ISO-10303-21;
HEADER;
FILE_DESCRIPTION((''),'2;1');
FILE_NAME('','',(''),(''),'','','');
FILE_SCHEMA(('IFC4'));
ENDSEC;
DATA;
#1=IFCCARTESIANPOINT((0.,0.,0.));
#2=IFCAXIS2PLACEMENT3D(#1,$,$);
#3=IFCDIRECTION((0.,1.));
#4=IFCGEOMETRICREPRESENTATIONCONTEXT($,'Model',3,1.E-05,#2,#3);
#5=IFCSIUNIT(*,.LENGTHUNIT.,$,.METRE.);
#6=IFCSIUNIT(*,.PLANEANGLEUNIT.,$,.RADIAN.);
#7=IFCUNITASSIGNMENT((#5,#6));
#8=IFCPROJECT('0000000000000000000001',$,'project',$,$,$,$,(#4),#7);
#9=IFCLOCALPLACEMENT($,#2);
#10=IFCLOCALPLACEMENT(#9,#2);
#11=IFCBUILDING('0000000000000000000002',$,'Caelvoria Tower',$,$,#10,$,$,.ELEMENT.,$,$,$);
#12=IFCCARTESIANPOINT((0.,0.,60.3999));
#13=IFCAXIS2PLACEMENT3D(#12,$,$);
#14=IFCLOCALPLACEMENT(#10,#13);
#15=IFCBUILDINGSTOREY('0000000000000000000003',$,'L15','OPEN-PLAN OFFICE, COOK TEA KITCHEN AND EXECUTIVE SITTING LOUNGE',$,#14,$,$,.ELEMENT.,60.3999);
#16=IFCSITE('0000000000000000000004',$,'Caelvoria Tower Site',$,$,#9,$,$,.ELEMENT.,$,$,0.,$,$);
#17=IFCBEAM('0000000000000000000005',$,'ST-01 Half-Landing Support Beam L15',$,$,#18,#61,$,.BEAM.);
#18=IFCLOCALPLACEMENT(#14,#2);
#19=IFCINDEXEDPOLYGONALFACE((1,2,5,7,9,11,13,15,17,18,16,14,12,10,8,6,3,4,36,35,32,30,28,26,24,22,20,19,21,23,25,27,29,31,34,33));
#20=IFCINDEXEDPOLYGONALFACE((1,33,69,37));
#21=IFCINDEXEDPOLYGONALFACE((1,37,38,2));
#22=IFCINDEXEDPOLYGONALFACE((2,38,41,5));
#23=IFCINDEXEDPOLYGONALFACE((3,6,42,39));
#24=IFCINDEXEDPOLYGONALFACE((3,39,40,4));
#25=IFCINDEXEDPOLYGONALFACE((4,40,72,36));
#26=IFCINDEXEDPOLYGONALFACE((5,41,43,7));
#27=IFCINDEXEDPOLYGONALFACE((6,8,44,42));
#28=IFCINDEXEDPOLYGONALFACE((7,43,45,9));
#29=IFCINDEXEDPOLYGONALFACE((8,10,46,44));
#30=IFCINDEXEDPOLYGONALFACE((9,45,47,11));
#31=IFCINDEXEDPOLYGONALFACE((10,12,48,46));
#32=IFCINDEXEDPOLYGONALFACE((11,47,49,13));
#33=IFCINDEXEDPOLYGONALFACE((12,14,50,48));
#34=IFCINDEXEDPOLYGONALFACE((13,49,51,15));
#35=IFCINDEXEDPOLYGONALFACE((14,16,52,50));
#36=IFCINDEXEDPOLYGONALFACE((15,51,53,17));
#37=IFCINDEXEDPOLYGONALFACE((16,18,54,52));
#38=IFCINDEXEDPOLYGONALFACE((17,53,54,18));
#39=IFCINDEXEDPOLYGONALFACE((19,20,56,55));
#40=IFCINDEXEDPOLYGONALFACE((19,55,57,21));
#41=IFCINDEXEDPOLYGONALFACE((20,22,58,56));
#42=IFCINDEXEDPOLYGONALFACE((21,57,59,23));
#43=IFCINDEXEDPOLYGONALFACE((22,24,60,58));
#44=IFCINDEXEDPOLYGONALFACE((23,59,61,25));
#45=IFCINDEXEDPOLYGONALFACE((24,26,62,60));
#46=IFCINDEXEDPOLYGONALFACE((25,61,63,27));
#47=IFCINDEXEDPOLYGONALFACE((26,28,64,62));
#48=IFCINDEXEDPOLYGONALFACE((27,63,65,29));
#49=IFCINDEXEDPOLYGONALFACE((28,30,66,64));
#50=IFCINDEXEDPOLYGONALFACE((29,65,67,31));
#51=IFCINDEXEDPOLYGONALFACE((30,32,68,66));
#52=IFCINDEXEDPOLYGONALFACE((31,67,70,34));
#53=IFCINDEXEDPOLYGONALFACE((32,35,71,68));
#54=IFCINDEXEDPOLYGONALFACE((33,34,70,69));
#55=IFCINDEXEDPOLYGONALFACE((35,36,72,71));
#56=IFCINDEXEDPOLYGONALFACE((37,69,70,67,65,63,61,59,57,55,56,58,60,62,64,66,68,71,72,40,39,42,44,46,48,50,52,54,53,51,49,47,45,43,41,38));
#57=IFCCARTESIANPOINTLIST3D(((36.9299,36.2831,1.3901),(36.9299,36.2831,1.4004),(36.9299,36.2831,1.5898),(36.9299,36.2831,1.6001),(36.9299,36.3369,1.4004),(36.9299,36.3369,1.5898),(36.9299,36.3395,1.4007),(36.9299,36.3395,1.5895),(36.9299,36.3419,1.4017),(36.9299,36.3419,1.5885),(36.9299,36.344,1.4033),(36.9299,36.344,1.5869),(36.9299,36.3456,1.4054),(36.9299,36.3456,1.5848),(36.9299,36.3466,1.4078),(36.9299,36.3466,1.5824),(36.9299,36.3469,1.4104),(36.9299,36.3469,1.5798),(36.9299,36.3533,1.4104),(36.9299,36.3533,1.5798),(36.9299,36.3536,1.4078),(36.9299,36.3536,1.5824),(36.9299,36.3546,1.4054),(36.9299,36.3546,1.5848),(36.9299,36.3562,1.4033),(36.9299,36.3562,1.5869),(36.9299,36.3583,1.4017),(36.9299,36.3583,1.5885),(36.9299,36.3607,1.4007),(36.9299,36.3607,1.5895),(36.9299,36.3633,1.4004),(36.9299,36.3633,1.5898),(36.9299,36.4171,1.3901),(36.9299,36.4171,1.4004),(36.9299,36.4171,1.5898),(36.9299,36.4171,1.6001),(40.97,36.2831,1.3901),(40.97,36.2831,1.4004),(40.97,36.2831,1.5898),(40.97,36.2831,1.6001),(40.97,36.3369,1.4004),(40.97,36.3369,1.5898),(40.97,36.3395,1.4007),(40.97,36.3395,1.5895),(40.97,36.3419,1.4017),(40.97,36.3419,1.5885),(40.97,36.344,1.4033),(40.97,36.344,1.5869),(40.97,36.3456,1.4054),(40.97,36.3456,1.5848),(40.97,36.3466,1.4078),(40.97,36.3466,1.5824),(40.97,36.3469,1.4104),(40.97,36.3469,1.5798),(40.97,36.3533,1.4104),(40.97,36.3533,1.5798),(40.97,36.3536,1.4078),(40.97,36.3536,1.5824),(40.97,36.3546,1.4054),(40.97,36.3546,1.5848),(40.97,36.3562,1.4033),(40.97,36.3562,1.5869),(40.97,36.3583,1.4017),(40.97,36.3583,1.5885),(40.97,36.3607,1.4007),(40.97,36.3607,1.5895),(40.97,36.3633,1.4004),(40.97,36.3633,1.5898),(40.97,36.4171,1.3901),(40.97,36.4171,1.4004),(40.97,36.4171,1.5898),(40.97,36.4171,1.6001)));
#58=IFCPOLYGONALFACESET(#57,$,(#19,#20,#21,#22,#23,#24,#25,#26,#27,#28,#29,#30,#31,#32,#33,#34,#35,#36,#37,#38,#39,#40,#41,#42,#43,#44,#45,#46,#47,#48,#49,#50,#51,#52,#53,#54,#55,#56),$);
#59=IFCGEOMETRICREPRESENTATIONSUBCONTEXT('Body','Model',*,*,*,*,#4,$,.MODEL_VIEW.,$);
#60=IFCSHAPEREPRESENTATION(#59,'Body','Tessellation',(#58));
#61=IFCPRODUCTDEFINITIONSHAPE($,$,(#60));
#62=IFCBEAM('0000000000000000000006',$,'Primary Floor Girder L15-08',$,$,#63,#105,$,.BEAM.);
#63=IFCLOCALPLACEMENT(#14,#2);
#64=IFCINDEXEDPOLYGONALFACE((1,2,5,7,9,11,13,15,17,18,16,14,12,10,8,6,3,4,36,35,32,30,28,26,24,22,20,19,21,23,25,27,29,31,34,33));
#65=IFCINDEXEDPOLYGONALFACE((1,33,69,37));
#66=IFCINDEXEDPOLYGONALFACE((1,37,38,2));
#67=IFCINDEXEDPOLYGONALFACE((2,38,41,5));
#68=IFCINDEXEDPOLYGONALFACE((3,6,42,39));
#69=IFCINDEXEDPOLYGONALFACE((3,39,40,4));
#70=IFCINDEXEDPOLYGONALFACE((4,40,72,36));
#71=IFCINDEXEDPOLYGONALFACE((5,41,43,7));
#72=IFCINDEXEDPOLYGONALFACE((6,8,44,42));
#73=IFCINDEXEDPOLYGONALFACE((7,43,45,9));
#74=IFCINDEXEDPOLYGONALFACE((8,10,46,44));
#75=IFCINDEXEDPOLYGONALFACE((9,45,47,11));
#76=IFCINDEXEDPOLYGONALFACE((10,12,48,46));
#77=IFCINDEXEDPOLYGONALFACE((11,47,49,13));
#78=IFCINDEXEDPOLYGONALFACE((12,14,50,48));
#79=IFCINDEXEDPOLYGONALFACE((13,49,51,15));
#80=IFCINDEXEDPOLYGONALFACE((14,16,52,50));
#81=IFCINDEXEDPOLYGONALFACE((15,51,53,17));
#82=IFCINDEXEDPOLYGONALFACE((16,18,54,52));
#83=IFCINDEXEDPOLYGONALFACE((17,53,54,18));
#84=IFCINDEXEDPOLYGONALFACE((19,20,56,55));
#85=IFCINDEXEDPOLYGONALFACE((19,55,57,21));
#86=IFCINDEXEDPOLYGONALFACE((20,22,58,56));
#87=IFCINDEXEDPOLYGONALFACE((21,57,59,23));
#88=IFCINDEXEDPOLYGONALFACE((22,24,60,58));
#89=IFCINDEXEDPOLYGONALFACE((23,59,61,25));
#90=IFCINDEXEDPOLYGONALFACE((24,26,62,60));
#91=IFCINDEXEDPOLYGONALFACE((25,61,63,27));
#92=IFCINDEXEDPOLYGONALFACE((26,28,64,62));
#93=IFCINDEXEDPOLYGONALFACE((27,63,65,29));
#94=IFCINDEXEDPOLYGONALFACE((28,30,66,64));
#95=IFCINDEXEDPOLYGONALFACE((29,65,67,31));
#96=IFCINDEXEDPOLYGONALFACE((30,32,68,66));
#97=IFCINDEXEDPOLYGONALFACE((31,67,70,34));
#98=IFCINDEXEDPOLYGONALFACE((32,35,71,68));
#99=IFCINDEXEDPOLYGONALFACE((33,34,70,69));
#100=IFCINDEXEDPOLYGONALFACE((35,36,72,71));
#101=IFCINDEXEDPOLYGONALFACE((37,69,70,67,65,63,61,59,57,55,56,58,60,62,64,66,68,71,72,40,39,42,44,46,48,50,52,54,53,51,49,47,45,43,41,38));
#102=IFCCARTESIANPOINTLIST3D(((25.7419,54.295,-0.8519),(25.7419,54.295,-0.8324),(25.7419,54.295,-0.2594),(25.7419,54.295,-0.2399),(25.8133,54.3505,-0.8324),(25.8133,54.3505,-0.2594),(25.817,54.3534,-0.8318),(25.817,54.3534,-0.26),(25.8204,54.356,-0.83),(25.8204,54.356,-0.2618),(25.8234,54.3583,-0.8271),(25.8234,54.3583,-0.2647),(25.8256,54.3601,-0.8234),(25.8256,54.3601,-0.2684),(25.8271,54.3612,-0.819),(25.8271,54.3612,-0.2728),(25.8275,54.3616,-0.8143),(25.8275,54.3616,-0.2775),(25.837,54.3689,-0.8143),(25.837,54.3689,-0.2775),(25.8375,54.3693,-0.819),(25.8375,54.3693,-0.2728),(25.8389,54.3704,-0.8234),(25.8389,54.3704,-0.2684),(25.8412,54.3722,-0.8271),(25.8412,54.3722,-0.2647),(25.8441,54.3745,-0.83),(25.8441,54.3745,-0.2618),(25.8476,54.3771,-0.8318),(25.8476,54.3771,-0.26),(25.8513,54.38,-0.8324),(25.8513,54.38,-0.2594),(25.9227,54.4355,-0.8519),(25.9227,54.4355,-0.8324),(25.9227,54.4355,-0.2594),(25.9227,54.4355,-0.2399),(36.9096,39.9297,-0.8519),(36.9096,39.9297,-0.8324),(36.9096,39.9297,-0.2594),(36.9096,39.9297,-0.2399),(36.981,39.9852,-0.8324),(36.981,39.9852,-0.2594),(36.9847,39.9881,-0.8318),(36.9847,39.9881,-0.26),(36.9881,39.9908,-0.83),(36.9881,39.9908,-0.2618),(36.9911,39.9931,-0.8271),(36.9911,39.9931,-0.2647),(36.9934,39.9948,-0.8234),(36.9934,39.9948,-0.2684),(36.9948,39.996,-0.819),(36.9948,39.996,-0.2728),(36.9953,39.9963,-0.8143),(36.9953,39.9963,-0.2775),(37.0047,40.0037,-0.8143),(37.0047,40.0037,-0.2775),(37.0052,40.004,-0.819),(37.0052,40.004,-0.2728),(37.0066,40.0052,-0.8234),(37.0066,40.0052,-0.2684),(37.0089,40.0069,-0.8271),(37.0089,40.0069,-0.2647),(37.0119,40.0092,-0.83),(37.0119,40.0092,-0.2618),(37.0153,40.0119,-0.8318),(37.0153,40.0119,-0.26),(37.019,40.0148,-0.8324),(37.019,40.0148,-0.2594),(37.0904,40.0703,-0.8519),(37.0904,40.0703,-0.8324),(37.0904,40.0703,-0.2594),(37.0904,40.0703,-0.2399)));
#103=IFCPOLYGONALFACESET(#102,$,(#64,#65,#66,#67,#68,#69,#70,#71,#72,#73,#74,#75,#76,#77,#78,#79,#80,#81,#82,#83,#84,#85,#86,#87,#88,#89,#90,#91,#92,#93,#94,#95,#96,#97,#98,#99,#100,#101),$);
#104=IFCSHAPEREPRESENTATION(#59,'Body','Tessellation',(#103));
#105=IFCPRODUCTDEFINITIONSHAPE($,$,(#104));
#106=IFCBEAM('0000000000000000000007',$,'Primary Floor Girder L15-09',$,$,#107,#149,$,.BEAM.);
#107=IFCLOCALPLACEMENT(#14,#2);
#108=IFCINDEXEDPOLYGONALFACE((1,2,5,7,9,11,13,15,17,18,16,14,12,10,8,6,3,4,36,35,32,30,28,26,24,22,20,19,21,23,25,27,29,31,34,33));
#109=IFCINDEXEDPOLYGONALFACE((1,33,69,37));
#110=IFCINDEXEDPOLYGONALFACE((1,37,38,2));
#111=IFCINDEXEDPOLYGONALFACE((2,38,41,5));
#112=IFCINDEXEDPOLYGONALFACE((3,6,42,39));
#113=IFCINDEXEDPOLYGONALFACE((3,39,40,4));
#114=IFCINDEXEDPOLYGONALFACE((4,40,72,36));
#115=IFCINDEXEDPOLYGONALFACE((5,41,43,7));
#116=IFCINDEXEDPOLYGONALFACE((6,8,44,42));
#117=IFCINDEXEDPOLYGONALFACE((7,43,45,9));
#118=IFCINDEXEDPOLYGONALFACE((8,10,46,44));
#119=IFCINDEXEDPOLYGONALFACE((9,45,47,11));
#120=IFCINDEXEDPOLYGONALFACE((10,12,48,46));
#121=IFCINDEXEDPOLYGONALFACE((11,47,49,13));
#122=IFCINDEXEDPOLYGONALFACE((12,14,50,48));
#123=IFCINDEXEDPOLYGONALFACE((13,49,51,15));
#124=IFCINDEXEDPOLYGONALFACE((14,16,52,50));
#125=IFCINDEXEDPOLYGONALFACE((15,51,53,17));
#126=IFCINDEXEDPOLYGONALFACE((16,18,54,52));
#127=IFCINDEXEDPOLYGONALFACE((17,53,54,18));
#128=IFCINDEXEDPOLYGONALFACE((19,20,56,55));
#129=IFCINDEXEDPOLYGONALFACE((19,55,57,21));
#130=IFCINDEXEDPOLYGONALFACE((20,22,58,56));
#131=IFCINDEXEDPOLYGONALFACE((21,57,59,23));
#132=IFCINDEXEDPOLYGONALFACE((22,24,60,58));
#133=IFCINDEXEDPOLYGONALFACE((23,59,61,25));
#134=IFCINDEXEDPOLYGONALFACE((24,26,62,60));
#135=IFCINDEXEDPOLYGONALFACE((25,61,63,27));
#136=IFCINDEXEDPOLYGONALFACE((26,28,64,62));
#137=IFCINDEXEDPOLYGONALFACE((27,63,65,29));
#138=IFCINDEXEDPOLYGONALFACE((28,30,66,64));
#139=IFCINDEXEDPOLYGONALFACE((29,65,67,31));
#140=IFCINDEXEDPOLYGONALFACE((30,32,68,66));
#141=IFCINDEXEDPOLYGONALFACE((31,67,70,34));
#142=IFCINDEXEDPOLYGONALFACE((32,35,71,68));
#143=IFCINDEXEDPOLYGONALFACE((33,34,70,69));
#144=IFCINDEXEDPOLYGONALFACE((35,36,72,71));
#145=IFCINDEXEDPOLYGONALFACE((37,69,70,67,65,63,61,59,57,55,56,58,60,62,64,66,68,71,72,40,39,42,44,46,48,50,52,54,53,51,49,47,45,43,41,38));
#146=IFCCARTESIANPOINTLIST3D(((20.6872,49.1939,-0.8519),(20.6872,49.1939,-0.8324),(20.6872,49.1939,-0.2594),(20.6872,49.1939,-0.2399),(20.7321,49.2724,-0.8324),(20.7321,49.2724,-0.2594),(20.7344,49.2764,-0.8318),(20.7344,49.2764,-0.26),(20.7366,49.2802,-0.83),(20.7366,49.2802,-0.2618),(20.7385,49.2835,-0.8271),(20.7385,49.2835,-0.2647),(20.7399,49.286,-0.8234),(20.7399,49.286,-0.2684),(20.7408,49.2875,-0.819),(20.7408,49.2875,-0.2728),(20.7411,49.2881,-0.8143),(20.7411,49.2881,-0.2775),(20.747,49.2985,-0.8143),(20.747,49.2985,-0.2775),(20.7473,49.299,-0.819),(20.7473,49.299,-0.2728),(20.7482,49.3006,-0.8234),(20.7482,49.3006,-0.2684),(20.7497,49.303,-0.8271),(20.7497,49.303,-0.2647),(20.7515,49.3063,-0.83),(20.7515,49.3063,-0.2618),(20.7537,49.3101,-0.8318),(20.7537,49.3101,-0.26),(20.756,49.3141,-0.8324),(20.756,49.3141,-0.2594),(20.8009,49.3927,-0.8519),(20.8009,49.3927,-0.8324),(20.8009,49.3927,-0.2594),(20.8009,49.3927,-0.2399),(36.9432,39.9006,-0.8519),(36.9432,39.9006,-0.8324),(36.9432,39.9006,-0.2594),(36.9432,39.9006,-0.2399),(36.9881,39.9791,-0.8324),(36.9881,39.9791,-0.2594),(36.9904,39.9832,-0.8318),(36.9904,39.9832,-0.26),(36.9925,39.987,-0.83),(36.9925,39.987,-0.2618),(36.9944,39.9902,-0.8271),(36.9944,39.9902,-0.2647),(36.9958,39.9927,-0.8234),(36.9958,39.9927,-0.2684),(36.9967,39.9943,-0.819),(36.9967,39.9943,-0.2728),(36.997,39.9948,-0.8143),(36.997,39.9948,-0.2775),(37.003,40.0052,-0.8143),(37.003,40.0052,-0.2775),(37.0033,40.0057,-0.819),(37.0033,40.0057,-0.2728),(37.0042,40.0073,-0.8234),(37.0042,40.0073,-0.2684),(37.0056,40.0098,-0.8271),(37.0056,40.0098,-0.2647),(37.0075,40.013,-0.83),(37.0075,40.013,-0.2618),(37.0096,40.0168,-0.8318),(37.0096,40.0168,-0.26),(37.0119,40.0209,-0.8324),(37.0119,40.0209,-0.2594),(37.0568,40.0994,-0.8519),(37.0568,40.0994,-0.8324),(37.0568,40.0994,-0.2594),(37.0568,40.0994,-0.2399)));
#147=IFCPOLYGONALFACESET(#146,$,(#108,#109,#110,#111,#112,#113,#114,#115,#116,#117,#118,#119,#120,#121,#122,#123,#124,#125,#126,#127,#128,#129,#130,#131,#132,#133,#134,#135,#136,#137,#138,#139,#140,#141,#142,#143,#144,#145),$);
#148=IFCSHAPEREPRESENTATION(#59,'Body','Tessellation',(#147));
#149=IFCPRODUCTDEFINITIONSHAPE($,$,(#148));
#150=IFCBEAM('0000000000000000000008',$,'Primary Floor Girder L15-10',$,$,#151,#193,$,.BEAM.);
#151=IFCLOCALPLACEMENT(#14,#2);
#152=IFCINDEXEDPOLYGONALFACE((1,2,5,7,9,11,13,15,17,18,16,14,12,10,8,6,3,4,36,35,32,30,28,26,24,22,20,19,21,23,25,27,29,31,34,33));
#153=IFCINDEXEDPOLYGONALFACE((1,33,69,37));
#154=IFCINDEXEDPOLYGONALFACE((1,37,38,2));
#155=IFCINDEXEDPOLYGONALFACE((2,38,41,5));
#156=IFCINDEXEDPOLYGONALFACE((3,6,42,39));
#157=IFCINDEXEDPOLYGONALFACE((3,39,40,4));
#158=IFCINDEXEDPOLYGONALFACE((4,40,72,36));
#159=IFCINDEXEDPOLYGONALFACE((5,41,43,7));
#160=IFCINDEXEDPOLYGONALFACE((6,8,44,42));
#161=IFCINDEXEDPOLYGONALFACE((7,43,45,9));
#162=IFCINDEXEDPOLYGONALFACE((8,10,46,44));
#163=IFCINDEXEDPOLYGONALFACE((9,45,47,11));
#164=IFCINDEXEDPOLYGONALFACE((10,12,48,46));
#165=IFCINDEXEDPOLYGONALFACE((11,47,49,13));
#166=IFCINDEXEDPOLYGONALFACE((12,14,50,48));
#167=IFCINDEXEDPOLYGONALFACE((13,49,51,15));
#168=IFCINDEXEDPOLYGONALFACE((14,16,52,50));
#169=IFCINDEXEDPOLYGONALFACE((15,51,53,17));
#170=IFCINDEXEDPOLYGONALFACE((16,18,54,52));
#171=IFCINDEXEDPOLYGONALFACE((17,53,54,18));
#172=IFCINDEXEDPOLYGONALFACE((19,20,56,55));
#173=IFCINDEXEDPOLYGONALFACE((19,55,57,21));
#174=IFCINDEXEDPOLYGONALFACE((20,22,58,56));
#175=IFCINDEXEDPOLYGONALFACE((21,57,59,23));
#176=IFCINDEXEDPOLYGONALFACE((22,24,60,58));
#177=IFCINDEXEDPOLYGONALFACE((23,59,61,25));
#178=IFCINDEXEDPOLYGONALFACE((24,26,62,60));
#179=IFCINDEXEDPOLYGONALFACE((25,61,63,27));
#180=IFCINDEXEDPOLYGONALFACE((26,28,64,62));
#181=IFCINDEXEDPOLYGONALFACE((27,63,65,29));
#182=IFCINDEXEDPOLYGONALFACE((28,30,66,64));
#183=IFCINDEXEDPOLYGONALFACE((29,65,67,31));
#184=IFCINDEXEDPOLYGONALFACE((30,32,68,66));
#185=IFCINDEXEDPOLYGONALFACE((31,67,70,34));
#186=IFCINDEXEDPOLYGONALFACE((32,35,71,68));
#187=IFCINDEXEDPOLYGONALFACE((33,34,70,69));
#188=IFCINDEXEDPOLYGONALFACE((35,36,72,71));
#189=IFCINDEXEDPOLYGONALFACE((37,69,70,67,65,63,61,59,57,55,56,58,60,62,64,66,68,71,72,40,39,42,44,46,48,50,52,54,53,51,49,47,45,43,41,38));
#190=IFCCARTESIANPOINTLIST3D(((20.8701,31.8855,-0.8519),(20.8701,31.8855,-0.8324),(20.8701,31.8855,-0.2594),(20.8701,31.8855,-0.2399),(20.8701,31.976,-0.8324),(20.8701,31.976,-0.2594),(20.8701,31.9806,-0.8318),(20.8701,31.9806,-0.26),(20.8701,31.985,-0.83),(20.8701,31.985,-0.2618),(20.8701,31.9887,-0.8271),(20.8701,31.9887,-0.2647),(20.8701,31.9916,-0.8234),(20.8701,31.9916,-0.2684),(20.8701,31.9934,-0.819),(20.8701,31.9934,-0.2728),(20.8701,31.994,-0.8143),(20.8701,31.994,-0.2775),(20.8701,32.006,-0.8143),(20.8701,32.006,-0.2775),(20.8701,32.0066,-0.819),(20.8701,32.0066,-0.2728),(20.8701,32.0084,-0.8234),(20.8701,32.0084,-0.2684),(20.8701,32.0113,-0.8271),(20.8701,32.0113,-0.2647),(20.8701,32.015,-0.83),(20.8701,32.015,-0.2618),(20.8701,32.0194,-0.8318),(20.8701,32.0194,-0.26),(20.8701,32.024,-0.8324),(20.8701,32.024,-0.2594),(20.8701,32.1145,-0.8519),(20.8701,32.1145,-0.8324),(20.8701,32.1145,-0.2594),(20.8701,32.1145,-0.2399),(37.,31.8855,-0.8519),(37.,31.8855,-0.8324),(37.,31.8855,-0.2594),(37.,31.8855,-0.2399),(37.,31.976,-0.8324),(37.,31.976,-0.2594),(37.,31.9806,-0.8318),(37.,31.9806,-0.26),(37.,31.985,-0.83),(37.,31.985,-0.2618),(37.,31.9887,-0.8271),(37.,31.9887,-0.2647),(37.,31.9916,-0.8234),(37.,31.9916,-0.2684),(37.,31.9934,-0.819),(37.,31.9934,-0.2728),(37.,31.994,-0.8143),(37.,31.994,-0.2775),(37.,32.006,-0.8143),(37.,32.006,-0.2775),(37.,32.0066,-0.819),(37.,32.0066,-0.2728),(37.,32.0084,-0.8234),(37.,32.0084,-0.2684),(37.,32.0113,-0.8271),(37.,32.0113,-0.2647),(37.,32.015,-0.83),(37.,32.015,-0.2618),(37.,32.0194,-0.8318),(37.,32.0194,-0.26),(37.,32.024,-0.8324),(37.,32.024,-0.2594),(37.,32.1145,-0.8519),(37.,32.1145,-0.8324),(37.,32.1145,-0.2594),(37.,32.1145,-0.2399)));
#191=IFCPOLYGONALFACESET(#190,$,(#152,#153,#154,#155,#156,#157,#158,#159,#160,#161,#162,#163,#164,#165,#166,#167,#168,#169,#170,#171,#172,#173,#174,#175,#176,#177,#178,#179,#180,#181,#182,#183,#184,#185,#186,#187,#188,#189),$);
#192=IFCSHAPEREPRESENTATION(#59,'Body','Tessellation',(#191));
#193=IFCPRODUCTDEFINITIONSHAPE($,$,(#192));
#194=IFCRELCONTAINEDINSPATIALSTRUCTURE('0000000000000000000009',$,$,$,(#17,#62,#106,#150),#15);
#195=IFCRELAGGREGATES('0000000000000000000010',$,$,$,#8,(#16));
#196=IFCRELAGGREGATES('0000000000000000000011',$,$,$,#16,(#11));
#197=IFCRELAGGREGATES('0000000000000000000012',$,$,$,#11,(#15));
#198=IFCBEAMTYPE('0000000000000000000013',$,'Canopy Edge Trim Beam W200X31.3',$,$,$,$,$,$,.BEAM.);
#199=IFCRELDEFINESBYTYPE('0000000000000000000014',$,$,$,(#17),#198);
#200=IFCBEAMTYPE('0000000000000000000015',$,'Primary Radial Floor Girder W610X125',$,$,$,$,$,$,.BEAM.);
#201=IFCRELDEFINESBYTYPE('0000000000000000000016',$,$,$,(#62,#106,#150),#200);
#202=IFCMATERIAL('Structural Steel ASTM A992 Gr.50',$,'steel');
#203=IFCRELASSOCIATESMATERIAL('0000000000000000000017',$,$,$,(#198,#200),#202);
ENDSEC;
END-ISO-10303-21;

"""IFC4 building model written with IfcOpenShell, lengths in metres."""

from ifc_helpers import new_model, si_unit, direction, frame, origin, origin_2d, place, context, subcontext, project, spatial, i_section, extrude, material, material_profile, profile_set, type_object, element, save


model = new_model("IFC4")

# Units and contexts
model_context = context("Model", 3, precision=1e-05, world=origin(), true_north=direction((0.0, 1.0)))
body_context = subcontext(model_context, "Body", "Model", "MODEL_VIEW")
ifc_project = project(units=[si_unit("LENGTHUNIT", "METRE"), si_unit("PLANEANGLEUNIT", "RADIAN")], contexts=[model_context])

# Site, building, storey
site_placement = place(None, origin())
site = spatial("IfcSite", under=ifc_project, at=site_placement, Name="Caelvoria Tower Site", CompositionType="ELEMENT", RefElevation=0.0)
building_placement = place(site_placement, origin())
building = spatial("IfcBuilding", under=site, at=building_placement, Name="Caelvoria Tower", CompositionType="ELEMENT")
storey_placement = place(building_placement, frame((0.0, 0.0, 60.3999)))
storey = spatial("IfcBuildingStorey", under=building, at=storey_placement, Name="L15", Description="OPEN-PLAN OFFICE, COOK TEA KITCHEN AND EXECUTIVE SITTING LOUNGE", CompositionType="ELEMENT", Elevation=60.3999)

# Beams
ifc_material_1 = material(Name="Structural Steel ASTM A992 Gr.50", Category="steel")
ifc_material_profile_1 = material_profile(ifc_material_1, i_section(OverallWidth=0.134, OverallDepth=0.21, WebThickness=0.0063, FlangeThickness=0.0103, FilletRadius=0.01, at=origin_2d()), Name="Structural Steel ASTM A992 Gr.50")
ifc_profile_set_1 = profile_set([ifc_material_profile_1], Name="W200X31.3 - Structural Steel ASTM A992 Gr.50")
beam_type_1 = type_object("IfcBeamType", Name="Canopy Edge Trim Beam W200X31.3", PredefinedType="BEAM", material=ifc_profile_set_1)
beam_1_placement = place(storey_placement, frame((36.9299, 36.3501, 1.4951), z_axis=(1.0, 0.0, 0.0), x_axis=(0.0, 1.0, 0.0)))
element("IfcBeam", 1, at=beam_1_placement, inside=storey, type_object=beam_type_1, Name="ST-01 Half-Landing Support Beam L15", PredefinedType="BEAM", context=body_context, shape_type="SweptSolid", body=[
    extrude(i_section(OverallWidth=0.134, OverallDepth=0.21, WebThickness=0.0063, FlangeThickness=0.0103, FilletRadius=0.01, at=origin_2d()), origin(), (0.0, 0.0, 1.0), 4.04),
])
ifc_material_profile_2 = material_profile(ifc_material_1, i_section(OverallWidth=0.229, OverallDepth=0.6121, WebThickness=0.012, FlangeThickness=0.0195, FilletRadius=0.0181, at=origin_2d()), Name="Structural Steel ASTM A992 Gr.50")
ifc_profile_set_2 = profile_set([ifc_material_profile_2], Name="W610X125 - Structural Steel ASTM A992 Gr.50")
beam_type_2 = type_object("IfcBeamType", Name="Primary Radial Floor Girder W610X125", PredefinedType="BEAM", material=ifc_profile_set_2)
beam_2_placement = place(storey_placement, frame((37.0, 40.0, -0.5459), z_axis=(-0.613761, 0.789492, 0.0), x_axis=(-0.789492, -0.613761, 0.0)))
element("IfcBeam", 2, at=beam_2_placement, inside=storey, type_object=beam_type_2, Name="Primary Floor Girder L15-08", PredefinedType="BEAM", context=body_context, shape_type="SweptSolid", body=[
    extrude(i_section(OverallWidth=0.229, OverallDepth=0.6121, WebThickness=0.012, FlangeThickness=0.0195, FilletRadius=0.0181, at=origin_2d()), origin(), (0.0, 0.0, 1.0), 18.1956),
])
beam_3_placement = place(storey_placement, frame((37.0, 40.0, -0.5459), z_axis=(-0.868148, 0.496306, 0.0), x_axis=(-0.496306, -0.868148, 0.0)))
element("IfcBeam", 3, at=beam_3_placement, inside=storey, type_object=beam_type_2, Name="Primary Floor Girder L15-09", PredefinedType="BEAM", context=body_context, shape_type="SweptSolid", body=[
    extrude(i_section(OverallWidth=0.229, OverallDepth=0.6121, WebThickness=0.012, FlangeThickness=0.0195, FilletRadius=0.0181, at=origin_2d()), origin(), (0.0, 0.0, 1.0), 18.7249),
])
beam_4_placement = place(storey_placement, frame((37.0, 32.0, -0.5459), z_axis=(-1.0, 0.0, 0.0), x_axis=(0.0, -1.0, 0.0)))
element("IfcBeam", 4, at=beam_4_placement, inside=storey, type_object=beam_type_2, Name="Primary Floor Girder L15-10", PredefinedType="BEAM", context=body_context, shape_type="SweptSolid", body=[
    extrude(i_section(OverallWidth=0.229, OverallDepth=0.6121, WebThickness=0.012, FlangeThickness=0.0195, FilletRadius=0.0181, at=origin_2d()), origin(), (0.0, 0.0, 1.0), 16.1299),
])

save(model, "model.ifc")
